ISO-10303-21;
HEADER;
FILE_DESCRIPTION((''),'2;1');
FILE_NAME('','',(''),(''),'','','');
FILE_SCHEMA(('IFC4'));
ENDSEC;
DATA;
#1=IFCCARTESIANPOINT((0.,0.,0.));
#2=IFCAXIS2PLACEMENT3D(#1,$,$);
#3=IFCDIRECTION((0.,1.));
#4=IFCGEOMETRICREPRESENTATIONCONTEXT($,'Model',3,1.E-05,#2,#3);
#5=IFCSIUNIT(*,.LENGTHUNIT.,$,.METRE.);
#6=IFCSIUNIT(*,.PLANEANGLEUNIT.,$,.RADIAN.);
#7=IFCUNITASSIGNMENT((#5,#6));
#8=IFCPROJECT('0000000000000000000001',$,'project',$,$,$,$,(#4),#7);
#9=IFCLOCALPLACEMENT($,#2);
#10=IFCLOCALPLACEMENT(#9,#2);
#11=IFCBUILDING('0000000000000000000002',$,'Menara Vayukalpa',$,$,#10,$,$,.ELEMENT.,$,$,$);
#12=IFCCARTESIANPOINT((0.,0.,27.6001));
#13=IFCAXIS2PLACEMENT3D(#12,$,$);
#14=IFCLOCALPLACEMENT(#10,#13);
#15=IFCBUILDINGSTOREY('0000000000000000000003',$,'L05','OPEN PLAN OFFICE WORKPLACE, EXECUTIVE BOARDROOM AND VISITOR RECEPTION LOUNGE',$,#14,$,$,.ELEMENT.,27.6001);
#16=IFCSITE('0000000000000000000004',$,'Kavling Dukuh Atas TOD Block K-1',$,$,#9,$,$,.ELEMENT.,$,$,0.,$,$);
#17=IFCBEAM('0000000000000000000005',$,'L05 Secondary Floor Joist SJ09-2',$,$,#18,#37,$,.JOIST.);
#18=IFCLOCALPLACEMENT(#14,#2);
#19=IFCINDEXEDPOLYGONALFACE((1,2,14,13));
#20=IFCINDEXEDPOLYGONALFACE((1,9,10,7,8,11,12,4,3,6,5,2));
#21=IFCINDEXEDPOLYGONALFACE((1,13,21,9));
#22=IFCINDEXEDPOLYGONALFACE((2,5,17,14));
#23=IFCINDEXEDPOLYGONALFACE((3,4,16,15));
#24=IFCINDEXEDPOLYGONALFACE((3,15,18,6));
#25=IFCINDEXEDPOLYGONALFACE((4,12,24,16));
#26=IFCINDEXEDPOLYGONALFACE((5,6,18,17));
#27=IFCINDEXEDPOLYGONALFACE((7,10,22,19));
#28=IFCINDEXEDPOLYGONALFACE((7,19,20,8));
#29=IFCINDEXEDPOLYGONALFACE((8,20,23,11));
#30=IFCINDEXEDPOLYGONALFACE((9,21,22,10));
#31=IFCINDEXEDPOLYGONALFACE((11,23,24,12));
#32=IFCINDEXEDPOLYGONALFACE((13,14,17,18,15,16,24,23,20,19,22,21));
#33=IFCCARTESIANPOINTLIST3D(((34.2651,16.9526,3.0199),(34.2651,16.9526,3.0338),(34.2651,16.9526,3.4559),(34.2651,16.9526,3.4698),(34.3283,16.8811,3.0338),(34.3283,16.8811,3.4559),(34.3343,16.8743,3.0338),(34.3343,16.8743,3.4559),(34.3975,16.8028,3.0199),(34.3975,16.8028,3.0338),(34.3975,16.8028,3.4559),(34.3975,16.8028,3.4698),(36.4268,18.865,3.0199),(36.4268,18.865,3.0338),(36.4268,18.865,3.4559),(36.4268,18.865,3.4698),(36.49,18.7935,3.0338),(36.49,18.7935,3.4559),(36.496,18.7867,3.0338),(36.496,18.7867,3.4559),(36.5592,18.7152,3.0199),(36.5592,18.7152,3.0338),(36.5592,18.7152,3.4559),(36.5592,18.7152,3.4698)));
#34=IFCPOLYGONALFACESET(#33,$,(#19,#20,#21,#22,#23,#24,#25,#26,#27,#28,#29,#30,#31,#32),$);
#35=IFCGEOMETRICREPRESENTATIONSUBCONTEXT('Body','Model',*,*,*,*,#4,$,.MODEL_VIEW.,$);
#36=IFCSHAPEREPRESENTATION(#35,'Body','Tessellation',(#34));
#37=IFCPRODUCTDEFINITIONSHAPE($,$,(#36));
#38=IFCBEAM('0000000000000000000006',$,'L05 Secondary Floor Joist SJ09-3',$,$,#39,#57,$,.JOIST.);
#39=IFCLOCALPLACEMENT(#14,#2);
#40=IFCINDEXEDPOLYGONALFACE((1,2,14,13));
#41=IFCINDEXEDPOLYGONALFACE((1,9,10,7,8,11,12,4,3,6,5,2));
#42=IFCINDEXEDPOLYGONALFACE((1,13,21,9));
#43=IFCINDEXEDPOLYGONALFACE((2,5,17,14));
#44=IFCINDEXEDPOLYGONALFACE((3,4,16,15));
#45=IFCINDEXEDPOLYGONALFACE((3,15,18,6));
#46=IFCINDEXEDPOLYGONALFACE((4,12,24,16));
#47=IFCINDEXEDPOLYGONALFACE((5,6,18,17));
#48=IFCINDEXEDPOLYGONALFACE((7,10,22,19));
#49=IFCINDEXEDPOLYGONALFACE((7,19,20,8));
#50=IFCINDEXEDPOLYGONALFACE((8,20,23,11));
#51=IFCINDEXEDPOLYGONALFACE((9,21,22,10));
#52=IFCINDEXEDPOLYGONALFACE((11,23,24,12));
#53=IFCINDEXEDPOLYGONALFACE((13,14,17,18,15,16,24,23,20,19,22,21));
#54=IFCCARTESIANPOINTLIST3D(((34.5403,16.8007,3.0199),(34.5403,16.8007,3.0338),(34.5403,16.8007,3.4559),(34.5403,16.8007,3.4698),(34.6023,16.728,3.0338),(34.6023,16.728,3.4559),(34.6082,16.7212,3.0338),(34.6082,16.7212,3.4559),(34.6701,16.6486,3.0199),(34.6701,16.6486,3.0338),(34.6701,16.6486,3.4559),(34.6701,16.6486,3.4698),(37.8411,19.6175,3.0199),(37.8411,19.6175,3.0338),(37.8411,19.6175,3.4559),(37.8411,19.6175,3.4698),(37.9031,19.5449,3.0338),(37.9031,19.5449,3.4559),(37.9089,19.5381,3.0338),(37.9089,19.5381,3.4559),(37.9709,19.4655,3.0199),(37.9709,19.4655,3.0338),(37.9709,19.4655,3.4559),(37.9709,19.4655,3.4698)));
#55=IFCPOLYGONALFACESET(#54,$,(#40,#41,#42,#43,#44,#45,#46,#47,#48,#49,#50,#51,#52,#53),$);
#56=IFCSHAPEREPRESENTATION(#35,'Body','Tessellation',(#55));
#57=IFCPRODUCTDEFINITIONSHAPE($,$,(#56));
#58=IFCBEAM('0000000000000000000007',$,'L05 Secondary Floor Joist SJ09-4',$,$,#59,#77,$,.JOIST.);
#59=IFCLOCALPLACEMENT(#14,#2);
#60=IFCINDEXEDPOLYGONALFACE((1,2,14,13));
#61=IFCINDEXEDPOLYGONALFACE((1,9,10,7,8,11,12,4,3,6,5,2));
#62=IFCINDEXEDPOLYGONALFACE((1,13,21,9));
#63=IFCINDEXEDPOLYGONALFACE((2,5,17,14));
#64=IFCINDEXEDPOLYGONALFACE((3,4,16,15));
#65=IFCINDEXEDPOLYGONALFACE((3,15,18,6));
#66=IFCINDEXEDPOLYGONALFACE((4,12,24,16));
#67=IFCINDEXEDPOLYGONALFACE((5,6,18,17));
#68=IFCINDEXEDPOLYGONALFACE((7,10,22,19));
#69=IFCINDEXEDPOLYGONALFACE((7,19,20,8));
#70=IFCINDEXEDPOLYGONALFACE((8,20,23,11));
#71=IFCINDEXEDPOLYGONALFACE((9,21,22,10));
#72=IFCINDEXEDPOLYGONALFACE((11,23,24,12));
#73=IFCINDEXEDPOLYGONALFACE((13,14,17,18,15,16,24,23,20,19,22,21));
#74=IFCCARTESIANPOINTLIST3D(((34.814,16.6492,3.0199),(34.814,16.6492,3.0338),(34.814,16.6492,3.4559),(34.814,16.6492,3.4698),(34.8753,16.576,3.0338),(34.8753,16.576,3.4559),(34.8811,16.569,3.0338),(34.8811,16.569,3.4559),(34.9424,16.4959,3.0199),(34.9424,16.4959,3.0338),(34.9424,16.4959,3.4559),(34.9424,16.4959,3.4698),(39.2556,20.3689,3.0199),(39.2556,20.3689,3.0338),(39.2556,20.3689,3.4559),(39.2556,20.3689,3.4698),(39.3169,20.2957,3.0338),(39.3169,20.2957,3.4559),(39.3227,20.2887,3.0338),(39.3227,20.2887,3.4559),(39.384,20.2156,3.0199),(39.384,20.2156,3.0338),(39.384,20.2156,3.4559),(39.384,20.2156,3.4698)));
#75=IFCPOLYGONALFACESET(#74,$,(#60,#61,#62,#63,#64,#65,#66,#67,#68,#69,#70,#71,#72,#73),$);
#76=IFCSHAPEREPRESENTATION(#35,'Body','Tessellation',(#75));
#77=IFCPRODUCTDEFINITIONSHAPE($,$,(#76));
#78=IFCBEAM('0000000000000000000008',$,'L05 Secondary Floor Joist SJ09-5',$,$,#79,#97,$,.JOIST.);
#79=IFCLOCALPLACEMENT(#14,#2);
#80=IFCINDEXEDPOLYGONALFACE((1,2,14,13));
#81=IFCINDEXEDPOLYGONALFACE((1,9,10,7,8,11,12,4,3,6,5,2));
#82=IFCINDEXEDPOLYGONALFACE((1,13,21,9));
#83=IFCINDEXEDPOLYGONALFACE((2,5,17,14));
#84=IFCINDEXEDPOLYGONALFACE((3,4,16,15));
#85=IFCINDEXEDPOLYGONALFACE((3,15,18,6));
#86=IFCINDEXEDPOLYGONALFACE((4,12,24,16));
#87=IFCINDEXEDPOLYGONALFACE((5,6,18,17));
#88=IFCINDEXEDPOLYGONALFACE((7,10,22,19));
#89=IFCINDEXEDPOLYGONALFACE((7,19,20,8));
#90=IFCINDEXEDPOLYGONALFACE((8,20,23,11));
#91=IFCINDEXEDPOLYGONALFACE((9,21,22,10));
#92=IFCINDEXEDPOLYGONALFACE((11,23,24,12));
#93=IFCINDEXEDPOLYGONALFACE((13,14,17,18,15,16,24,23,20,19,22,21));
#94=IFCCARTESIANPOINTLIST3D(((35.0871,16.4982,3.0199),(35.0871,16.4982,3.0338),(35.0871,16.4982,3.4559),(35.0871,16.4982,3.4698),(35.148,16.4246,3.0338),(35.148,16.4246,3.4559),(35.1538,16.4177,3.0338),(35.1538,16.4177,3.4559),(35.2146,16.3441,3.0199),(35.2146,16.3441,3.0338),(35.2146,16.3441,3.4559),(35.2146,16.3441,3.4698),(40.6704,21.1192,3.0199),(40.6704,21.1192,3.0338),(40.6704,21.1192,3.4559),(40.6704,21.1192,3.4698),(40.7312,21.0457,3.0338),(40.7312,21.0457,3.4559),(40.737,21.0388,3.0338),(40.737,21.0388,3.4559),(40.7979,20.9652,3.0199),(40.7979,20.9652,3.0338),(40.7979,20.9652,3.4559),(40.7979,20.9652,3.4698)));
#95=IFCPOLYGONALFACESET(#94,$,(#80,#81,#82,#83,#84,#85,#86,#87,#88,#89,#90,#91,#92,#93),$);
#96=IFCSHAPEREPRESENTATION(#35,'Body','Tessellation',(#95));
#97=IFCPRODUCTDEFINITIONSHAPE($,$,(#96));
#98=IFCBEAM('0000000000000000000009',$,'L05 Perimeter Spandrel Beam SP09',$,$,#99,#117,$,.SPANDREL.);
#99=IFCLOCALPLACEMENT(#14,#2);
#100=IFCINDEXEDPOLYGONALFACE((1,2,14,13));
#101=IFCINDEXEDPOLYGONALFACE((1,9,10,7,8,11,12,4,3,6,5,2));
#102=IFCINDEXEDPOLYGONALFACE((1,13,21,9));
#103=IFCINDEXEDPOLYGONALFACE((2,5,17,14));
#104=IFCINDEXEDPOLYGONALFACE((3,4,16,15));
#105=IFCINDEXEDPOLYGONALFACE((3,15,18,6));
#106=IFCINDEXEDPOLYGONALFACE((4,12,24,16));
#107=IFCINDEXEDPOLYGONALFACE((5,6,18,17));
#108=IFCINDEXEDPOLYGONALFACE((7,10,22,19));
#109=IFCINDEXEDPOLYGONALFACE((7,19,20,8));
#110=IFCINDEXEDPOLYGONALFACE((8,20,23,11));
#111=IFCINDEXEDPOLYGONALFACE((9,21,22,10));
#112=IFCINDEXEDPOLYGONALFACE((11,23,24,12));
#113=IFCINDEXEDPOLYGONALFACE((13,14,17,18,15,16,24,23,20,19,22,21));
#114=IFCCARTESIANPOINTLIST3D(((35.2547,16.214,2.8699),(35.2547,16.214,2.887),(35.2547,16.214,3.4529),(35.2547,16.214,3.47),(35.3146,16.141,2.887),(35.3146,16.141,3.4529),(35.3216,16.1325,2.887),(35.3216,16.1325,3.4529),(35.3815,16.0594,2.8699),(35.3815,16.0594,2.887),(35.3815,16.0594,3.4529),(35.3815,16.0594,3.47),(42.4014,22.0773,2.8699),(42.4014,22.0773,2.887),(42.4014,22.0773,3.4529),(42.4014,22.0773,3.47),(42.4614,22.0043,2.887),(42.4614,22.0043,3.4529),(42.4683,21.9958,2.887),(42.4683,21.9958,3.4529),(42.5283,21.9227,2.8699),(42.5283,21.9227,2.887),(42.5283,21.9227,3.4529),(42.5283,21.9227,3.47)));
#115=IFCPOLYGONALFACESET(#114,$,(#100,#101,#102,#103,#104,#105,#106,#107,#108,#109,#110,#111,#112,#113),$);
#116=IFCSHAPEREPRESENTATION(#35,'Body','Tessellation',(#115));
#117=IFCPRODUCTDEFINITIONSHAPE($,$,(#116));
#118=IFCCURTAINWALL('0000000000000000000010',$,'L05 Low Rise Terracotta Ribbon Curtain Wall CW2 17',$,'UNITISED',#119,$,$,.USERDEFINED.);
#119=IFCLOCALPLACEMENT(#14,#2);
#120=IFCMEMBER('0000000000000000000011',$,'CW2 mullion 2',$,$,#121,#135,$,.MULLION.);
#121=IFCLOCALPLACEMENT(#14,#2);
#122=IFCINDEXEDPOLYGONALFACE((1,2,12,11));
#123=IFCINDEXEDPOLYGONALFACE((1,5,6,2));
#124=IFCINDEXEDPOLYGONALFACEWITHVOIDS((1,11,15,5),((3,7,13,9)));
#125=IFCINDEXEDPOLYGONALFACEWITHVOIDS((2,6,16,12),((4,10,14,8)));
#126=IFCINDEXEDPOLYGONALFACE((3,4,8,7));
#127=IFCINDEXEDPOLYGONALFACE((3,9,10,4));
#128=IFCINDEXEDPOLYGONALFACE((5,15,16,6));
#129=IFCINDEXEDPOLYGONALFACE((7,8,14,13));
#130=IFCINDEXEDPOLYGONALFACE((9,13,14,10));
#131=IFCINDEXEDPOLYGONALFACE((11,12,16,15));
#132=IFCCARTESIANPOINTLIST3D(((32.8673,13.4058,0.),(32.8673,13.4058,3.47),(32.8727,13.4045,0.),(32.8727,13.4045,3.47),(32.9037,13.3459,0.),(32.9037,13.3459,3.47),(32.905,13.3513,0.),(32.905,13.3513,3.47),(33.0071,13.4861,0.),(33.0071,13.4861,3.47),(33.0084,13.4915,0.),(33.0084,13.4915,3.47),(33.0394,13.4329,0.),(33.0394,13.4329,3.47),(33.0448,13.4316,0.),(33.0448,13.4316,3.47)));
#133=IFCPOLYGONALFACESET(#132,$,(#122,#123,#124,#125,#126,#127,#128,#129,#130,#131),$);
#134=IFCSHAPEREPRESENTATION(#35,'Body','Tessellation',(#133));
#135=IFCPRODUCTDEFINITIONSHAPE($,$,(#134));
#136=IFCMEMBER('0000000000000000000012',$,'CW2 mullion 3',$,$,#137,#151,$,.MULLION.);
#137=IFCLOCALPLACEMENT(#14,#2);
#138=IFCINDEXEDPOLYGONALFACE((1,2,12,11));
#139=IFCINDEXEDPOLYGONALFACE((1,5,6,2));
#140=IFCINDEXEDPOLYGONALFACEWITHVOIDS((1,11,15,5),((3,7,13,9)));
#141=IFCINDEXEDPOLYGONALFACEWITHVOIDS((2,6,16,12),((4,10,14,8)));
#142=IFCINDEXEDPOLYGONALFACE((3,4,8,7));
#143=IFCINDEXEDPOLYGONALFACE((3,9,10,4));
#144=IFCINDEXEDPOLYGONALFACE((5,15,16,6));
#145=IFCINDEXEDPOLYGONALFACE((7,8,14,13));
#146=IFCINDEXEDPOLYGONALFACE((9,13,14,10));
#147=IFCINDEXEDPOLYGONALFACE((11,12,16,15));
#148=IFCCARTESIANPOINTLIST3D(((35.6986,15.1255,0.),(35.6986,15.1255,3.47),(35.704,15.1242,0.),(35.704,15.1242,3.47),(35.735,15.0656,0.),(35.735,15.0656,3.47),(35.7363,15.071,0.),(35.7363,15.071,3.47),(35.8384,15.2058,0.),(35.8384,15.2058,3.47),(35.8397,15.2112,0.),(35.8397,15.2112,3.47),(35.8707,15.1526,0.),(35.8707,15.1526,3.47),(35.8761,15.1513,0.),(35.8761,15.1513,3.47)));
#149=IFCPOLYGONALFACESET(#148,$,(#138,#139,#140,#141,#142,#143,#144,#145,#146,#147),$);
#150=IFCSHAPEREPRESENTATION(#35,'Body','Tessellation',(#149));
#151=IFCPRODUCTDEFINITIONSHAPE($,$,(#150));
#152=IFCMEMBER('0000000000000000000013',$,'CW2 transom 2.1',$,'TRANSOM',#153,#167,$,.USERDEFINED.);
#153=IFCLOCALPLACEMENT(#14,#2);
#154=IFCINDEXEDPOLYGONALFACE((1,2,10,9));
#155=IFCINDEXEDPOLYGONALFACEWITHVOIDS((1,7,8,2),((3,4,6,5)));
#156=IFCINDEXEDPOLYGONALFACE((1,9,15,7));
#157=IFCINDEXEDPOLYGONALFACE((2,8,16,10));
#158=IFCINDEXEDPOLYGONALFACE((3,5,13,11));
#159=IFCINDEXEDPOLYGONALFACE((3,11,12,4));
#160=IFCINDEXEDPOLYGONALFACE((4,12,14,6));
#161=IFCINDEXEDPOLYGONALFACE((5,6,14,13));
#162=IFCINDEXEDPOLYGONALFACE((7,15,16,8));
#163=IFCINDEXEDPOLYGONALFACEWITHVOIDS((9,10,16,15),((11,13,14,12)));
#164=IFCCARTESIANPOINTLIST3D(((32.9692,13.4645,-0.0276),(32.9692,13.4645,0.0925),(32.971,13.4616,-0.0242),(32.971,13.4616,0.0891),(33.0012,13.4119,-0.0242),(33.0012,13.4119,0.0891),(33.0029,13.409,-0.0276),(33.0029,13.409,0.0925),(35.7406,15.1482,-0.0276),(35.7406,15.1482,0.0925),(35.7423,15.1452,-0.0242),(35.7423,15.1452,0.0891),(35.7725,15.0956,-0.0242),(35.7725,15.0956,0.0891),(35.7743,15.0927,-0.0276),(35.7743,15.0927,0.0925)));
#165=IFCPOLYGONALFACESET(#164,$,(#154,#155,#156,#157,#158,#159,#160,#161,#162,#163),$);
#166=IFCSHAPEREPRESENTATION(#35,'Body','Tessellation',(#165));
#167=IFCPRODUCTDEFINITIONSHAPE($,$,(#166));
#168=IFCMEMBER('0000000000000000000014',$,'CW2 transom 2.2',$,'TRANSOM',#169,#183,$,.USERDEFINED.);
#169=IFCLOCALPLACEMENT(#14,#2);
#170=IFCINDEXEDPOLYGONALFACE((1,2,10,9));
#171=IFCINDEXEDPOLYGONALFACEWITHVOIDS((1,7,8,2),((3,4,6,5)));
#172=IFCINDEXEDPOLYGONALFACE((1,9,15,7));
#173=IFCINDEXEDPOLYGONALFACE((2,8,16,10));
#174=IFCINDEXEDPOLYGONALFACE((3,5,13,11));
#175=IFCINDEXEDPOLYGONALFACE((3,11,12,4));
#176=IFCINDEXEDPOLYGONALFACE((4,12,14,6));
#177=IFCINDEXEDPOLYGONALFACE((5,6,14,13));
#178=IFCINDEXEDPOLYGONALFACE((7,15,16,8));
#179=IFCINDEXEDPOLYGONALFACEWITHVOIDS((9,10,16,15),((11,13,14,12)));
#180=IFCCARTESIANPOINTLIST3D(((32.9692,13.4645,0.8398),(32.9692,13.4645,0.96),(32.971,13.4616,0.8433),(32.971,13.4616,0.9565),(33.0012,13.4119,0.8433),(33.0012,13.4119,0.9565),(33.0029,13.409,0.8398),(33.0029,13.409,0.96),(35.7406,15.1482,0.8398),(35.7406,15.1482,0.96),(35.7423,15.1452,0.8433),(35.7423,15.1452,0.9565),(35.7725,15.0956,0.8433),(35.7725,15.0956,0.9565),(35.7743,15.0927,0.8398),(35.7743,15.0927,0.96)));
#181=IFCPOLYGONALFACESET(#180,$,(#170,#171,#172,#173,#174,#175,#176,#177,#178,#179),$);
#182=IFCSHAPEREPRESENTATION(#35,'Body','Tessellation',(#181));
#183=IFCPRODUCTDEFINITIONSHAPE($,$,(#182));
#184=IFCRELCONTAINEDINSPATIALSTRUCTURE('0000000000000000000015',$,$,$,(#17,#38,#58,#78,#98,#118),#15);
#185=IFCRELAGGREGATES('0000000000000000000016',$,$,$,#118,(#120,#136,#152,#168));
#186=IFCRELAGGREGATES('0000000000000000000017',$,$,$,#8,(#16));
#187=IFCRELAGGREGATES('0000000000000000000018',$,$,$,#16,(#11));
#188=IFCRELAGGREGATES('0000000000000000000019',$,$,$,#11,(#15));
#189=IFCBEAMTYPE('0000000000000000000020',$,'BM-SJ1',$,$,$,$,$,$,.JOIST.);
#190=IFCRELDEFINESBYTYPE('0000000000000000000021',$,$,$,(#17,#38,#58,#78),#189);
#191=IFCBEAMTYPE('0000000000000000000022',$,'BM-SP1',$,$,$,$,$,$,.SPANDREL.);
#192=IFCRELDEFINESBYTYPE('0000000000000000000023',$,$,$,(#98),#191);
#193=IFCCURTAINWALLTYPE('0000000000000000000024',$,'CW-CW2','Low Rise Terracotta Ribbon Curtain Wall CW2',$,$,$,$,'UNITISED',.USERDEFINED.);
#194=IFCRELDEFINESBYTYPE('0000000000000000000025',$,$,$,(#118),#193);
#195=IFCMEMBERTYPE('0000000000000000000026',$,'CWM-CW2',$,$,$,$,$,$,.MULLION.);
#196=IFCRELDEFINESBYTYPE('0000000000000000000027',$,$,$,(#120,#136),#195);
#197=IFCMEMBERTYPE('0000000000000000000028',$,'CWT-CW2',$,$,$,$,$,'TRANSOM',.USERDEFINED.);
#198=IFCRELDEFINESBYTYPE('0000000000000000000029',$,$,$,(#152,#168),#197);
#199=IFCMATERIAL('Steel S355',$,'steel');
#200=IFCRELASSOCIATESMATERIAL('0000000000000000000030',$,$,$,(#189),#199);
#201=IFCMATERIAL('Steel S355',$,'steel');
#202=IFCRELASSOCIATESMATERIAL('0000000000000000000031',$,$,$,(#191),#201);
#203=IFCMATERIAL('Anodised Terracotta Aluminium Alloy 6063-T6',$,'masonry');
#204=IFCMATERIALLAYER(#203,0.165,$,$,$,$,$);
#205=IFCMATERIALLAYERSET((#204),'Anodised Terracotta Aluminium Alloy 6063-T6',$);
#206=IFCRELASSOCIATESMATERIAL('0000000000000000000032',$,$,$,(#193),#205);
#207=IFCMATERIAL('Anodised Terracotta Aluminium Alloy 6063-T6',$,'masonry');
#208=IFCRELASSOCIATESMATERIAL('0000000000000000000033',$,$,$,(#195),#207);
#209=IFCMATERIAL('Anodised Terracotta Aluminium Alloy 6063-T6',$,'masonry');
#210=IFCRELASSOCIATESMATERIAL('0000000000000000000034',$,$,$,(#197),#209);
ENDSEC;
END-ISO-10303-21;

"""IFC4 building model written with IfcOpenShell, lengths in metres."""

from ifc_helpers import new_model, si_unit, direction, frame, origin, origin_2d, place, context, subcontext, project, spatial, hollow_rectangle, i_section, extrude, material, layer, layer_set, material_profile, profile_set, type_object, element, aggregate, save


model = new_model("IFC4")

# Units and contexts
model_context = context("Model", 3, precision=1e-05, world=origin(), true_north=direction((0.0, 1.0)))
body_context = subcontext(model_context, "Body", "Model", "MODEL_VIEW")
ifc_project = project(units=[si_unit("LENGTHUNIT", "METRE"), si_unit("PLANEANGLEUNIT", "RADIAN")], contexts=[model_context])

# Site, building, storey
site_placement = place(None, origin())
site = spatial("IfcSite", under=ifc_project, at=site_placement, Name="Kavling Dukuh Atas TOD Block K-1", CompositionType="ELEMENT", RefElevation=0.0)
building_placement = place(site_placement, origin())
building = spatial("IfcBuilding", under=site, at=building_placement, Name="Menara Vayukalpa", CompositionType="ELEMENT")
storey_placement = place(building_placement, frame((0.0, 0.0, 27.6001)))
storey = spatial("IfcBuildingStorey", under=building, at=storey_placement, Name="L05", Description="OPEN PLAN OFFICE WORKPLACE, EXECUTIVE BOARDROOM AND VISITOR RECEPTION LOUNGE", CompositionType="ELEMENT", Elevation=27.6001)

# Beams
ifc_material_1 = material(Name="Steel S355", Category="steel")
ifc_material_profile_1 = material_profile(ifc_material_1, i_section(OverallWidth=0.2, OverallDepth=0.45, WebThickness=0.009, FlangeThickness=0.0139, at=origin_2d()), Name="WF 450x200x9x14")
ifc_profile_set_1 = profile_set([ifc_material_profile_1], Name="Steel S355")
beam_type_1 = type_object("IfcBeamType", Name="BM-SJ1", PredefinedType="JOIST", material=ifc_profile_set_1)
beam_1_placement = place(storey_placement, frame((34.3313, 16.8777, 3.2449), z_axis=(0.748971, 0.662603, 0.0), x_axis=(-0.662603, 0.748971, 0.0)))
element("IfcBeam", 1, at=beam_1_placement, inside=storey, type_object=beam_type_1, Name="L05 Secondary Floor Joist SJ09-2", PredefinedType="JOIST", context=body_context, shape_type="SweptSolid", body=[
    extrude(i_section(OverallWidth=0.2, OverallDepth=0.45, WebThickness=0.009, FlangeThickness=0.0139, at=origin_2d()), origin(), (0.0, 0.0, 1.0), 2.8862),
])
beam_2_placement = place(storey_placement, frame((34.6052, 16.7246, 3.2449), z_axis=(0.760661, 0.64915, 0.0), x_axis=(-0.64915, 0.760661, 0.0)))
element("IfcBeam", 2, at=beam_2_placement, inside=storey, type_object=beam_type_1, Name="L05 Secondary Floor Joist SJ09-3", PredefinedType="JOIST", context=body_context, shape_type="SweptSolid", body=[
    extrude(i_section(OverallWidth=0.2, OverallDepth=0.45, WebThickness=0.009, FlangeThickness=0.0139, at=origin_2d()), origin(), (0.0, 0.0, 1.0), 4.3394),
])
beam_3_placement = place(storey_placement, frame((34.8782, 16.5725, 3.2449), z_axis=(0.766661, 0.642052, 0.0), x_axis=(-0.642052, 0.766661, 0.0)))
element("IfcBeam", 3, at=beam_3_placement, inside=storey, type_object=beam_type_1, Name="L05 Secondary Floor Joist SJ09-4", PredefinedType="JOIST", context=body_context, shape_type="SweptSolid", body=[
    extrude(i_section(OverallWidth=0.2, OverallDepth=0.45, WebThickness=0.009, FlangeThickness=0.0139, at=origin_2d()), origin(), (0.0, 0.0, 1.0), 5.7935),
])
beam_4_placement = place(storey_placement, frame((35.1509, 16.4211, 3.2449), z_axis=(0.770362, 0.637606, 0.0), x_axis=(-0.637606, 0.770362, 0.0)))
element("IfcBeam", 4, at=beam_4_placement, inside=storey, type_object=beam_type_1, Name="L05 Secondary Floor Joist SJ09-5", PredefinedType="JOIST", context=body_context, shape_type="SweptSolid", body=[
    extrude(i_section(OverallWidth=0.2, OverallDepth=0.45, WebThickness=0.009, FlangeThickness=0.0139, at=origin_2d()), origin(), (0.0, 0.0, 1.0), 7.2476),
])
ifc_material_2 = material(Name="Steel S355", Category="steel")
ifc_material_profile_2 = material_profile(ifc_material_2, i_section(OverallWidth=0.2, OverallDepth=0.6001, WebThickness=0.011, FlangeThickness=0.0171, at=origin_2d()), Name="WF 600x200x11x17")
ifc_profile_set_2 = profile_set([ifc_material_profile_2], Name="Steel S355")
beam_type_2 = type_object("IfcBeamType", Name="BM-SP1", PredefinedType="SPANDREL", material=ifc_profile_set_2)
beam_5_placement = place(storey_placement, frame((35.3181, 16.1367, 3.1699), z_axis=(0.773111, 0.634271, 0.0), x_axis=(-0.634271, 0.773111, 0.0)))
element("IfcBeam", 5, at=beam_5_placement, inside=storey, type_object=beam_type_2, Name="L05 Perimeter Spandrel Beam SP09", PredefinedType="SPANDREL", context=body_context, shape_type="SweptSolid", body=[
    extrude(i_section(OverallWidth=0.2, OverallDepth=0.6001, WebThickness=0.011, FlangeThickness=0.0171, at=origin_2d()), origin(), (0.0, 0.0, 1.0), 9.2441),
])

# Curtain wall, members
ifc_material_3 = material(Name="Anodised Terracotta Aluminium Alloy 6063-T6", Category="masonry")
ifc_layer_1 = layer(ifc_material_3, 0.165)
ifc_layer_set_1 = layer_set([ifc_layer_1], Name="Anodised Terracotta Aluminium Alloy 6063-T6")
curtain_wall_type = type_object("IfcCurtainWallType", Name="CW-CW2", Description="Low Rise Terracotta Ribbon Curtain Wall CW2", ElementType="UNITISED", PredefinedType="USERDEFINED", material=ifc_layer_set_1)
curtain_wall_placement = place(storey_placement, origin())
curtain_wall = element("IfcCurtainWall", 6, at=curtain_wall_placement, inside=storey, type_object=curtain_wall_type, Name="L05 Low Rise Terracotta Ribbon Curtain Wall CW2 17", ObjectType="UNITISED", PredefinedType="USERDEFINED")
ifc_material_4 = material(Name="Anodised Terracotta Aluminium Alloy 6063-T6", Category="masonry")
ifc_material_profile_3 = material_profile(ifc_material_4, hollow_rectangle(XDim=0.0701, YDim=0.165, WallThickness=0.0039, at=origin_2d()), Name="ALU 70x165x4")
ifc_profile_set_3 = profile_set([ifc_material_profile_3], Name="Anodised Terracotta Aluminium Alloy 6063-T6")
member_type_1 = type_object("IfcMemberType", Name="CWM-CW2", PredefinedType="MULLION", material=ifc_profile_set_3)
member_1_placement = place(storey_placement, frame((32.9561, 13.4187, 0.0), z_axis=(0.0, 0.0, 1.0), x_axis=(-0.519182, 0.854664, 0.0)))
member_1 = element("IfcMember", 7, at=member_1_placement, type_object=member_type_1, Name="CW2 mullion 2", PredefinedType="MULLION", context=body_context, shape_type="SweptSolid", body=[
    extrude(hollow_rectangle(XDim=0.0701, YDim=0.165, WallThickness=0.0039, at=origin_2d()), origin(), (0.0, 0.0, 1.0), 3.47),
])
member_2_placement = place(storey_placement, frame((35.7874, 15.1384, 0.0), z_axis=(0.0, 0.0, 1.0), x_axis=(-0.519182, 0.854664, 0.0)))
member_2 = element("IfcMember", 8, at=member_2_placement, type_object=member_type_1, Name="CW2 mullion 3", PredefinedType="MULLION", context=body_context, shape_type="SweptSolid", body=[
    extrude(hollow_rectangle(XDim=0.0701, YDim=0.165, WallThickness=0.0039, at=origin_2d()), origin(), (0.0, 0.0, 1.0), 3.47),
])
ifc_material_5 = material(Name="Anodised Terracotta Aluminium Alloy 6063-T6", Category="masonry")
ifc_material_profile_4 = material_profile(ifc_material_5, hollow_rectangle(XDim=0.0649, YDim=0.1201, WallThickness=0.0034, at=origin_2d()), Name="ALU 65x120x3.5")
ifc_profile_set_4 = profile_set([ifc_material_profile_4], Name="Anodised Terracotta Aluminium Alloy 6063-T6")
member_type_2 = type_object("IfcMemberType", Name="CWT-CW2", ElementType="TRANSOM", PredefinedType="USERDEFINED", material=ifc_profile_set_4)
member_3_placement = place(storey_placement, frame((32.9861, 13.4368, 0.0325), z_axis=(0.854643, 0.519216, 0.0), x_axis=(-0.519216, 0.854643, 0.0)))
member_3 = element("IfcMember", 9, at=member_3_placement, type_object=member_type_2, Name="CW2 transom 2.1", ObjectType="TRANSOM", PredefinedType="USERDEFINED", context=body_context, shape_type="SweptSolid", body=[
    extrude(hollow_rectangle(XDim=0.0649, YDim=0.1201, WallThickness=0.0034, at=origin_2d()), origin(), (0.0, 0.0, 1.0), 3.2427),
])
member_4_placement = place(storey_placement, frame((32.9861, 13.4368, 0.8999), z_axis=(0.854643, 0.519216, 0.0), x_axis=(-0.519216, 0.854643, 0.0)))
member_4 = element("IfcMember", 10, at=member_4_placement, type_object=member_type_2, Name="CW2 transom 2.2", ObjectType="TRANSOM", PredefinedType="USERDEFINED", context=body_context, shape_type="SweptSolid", body=[
    extrude(hollow_rectangle(XDim=0.0649, YDim=0.1201, WallThickness=0.0034, at=origin_2d()), origin(), (0.0, 0.0, 1.0), 3.2427),
])
aggregate(curtain_wall, [member_1, member_2, member_3, member_4])

save(model, "model.ifc")
